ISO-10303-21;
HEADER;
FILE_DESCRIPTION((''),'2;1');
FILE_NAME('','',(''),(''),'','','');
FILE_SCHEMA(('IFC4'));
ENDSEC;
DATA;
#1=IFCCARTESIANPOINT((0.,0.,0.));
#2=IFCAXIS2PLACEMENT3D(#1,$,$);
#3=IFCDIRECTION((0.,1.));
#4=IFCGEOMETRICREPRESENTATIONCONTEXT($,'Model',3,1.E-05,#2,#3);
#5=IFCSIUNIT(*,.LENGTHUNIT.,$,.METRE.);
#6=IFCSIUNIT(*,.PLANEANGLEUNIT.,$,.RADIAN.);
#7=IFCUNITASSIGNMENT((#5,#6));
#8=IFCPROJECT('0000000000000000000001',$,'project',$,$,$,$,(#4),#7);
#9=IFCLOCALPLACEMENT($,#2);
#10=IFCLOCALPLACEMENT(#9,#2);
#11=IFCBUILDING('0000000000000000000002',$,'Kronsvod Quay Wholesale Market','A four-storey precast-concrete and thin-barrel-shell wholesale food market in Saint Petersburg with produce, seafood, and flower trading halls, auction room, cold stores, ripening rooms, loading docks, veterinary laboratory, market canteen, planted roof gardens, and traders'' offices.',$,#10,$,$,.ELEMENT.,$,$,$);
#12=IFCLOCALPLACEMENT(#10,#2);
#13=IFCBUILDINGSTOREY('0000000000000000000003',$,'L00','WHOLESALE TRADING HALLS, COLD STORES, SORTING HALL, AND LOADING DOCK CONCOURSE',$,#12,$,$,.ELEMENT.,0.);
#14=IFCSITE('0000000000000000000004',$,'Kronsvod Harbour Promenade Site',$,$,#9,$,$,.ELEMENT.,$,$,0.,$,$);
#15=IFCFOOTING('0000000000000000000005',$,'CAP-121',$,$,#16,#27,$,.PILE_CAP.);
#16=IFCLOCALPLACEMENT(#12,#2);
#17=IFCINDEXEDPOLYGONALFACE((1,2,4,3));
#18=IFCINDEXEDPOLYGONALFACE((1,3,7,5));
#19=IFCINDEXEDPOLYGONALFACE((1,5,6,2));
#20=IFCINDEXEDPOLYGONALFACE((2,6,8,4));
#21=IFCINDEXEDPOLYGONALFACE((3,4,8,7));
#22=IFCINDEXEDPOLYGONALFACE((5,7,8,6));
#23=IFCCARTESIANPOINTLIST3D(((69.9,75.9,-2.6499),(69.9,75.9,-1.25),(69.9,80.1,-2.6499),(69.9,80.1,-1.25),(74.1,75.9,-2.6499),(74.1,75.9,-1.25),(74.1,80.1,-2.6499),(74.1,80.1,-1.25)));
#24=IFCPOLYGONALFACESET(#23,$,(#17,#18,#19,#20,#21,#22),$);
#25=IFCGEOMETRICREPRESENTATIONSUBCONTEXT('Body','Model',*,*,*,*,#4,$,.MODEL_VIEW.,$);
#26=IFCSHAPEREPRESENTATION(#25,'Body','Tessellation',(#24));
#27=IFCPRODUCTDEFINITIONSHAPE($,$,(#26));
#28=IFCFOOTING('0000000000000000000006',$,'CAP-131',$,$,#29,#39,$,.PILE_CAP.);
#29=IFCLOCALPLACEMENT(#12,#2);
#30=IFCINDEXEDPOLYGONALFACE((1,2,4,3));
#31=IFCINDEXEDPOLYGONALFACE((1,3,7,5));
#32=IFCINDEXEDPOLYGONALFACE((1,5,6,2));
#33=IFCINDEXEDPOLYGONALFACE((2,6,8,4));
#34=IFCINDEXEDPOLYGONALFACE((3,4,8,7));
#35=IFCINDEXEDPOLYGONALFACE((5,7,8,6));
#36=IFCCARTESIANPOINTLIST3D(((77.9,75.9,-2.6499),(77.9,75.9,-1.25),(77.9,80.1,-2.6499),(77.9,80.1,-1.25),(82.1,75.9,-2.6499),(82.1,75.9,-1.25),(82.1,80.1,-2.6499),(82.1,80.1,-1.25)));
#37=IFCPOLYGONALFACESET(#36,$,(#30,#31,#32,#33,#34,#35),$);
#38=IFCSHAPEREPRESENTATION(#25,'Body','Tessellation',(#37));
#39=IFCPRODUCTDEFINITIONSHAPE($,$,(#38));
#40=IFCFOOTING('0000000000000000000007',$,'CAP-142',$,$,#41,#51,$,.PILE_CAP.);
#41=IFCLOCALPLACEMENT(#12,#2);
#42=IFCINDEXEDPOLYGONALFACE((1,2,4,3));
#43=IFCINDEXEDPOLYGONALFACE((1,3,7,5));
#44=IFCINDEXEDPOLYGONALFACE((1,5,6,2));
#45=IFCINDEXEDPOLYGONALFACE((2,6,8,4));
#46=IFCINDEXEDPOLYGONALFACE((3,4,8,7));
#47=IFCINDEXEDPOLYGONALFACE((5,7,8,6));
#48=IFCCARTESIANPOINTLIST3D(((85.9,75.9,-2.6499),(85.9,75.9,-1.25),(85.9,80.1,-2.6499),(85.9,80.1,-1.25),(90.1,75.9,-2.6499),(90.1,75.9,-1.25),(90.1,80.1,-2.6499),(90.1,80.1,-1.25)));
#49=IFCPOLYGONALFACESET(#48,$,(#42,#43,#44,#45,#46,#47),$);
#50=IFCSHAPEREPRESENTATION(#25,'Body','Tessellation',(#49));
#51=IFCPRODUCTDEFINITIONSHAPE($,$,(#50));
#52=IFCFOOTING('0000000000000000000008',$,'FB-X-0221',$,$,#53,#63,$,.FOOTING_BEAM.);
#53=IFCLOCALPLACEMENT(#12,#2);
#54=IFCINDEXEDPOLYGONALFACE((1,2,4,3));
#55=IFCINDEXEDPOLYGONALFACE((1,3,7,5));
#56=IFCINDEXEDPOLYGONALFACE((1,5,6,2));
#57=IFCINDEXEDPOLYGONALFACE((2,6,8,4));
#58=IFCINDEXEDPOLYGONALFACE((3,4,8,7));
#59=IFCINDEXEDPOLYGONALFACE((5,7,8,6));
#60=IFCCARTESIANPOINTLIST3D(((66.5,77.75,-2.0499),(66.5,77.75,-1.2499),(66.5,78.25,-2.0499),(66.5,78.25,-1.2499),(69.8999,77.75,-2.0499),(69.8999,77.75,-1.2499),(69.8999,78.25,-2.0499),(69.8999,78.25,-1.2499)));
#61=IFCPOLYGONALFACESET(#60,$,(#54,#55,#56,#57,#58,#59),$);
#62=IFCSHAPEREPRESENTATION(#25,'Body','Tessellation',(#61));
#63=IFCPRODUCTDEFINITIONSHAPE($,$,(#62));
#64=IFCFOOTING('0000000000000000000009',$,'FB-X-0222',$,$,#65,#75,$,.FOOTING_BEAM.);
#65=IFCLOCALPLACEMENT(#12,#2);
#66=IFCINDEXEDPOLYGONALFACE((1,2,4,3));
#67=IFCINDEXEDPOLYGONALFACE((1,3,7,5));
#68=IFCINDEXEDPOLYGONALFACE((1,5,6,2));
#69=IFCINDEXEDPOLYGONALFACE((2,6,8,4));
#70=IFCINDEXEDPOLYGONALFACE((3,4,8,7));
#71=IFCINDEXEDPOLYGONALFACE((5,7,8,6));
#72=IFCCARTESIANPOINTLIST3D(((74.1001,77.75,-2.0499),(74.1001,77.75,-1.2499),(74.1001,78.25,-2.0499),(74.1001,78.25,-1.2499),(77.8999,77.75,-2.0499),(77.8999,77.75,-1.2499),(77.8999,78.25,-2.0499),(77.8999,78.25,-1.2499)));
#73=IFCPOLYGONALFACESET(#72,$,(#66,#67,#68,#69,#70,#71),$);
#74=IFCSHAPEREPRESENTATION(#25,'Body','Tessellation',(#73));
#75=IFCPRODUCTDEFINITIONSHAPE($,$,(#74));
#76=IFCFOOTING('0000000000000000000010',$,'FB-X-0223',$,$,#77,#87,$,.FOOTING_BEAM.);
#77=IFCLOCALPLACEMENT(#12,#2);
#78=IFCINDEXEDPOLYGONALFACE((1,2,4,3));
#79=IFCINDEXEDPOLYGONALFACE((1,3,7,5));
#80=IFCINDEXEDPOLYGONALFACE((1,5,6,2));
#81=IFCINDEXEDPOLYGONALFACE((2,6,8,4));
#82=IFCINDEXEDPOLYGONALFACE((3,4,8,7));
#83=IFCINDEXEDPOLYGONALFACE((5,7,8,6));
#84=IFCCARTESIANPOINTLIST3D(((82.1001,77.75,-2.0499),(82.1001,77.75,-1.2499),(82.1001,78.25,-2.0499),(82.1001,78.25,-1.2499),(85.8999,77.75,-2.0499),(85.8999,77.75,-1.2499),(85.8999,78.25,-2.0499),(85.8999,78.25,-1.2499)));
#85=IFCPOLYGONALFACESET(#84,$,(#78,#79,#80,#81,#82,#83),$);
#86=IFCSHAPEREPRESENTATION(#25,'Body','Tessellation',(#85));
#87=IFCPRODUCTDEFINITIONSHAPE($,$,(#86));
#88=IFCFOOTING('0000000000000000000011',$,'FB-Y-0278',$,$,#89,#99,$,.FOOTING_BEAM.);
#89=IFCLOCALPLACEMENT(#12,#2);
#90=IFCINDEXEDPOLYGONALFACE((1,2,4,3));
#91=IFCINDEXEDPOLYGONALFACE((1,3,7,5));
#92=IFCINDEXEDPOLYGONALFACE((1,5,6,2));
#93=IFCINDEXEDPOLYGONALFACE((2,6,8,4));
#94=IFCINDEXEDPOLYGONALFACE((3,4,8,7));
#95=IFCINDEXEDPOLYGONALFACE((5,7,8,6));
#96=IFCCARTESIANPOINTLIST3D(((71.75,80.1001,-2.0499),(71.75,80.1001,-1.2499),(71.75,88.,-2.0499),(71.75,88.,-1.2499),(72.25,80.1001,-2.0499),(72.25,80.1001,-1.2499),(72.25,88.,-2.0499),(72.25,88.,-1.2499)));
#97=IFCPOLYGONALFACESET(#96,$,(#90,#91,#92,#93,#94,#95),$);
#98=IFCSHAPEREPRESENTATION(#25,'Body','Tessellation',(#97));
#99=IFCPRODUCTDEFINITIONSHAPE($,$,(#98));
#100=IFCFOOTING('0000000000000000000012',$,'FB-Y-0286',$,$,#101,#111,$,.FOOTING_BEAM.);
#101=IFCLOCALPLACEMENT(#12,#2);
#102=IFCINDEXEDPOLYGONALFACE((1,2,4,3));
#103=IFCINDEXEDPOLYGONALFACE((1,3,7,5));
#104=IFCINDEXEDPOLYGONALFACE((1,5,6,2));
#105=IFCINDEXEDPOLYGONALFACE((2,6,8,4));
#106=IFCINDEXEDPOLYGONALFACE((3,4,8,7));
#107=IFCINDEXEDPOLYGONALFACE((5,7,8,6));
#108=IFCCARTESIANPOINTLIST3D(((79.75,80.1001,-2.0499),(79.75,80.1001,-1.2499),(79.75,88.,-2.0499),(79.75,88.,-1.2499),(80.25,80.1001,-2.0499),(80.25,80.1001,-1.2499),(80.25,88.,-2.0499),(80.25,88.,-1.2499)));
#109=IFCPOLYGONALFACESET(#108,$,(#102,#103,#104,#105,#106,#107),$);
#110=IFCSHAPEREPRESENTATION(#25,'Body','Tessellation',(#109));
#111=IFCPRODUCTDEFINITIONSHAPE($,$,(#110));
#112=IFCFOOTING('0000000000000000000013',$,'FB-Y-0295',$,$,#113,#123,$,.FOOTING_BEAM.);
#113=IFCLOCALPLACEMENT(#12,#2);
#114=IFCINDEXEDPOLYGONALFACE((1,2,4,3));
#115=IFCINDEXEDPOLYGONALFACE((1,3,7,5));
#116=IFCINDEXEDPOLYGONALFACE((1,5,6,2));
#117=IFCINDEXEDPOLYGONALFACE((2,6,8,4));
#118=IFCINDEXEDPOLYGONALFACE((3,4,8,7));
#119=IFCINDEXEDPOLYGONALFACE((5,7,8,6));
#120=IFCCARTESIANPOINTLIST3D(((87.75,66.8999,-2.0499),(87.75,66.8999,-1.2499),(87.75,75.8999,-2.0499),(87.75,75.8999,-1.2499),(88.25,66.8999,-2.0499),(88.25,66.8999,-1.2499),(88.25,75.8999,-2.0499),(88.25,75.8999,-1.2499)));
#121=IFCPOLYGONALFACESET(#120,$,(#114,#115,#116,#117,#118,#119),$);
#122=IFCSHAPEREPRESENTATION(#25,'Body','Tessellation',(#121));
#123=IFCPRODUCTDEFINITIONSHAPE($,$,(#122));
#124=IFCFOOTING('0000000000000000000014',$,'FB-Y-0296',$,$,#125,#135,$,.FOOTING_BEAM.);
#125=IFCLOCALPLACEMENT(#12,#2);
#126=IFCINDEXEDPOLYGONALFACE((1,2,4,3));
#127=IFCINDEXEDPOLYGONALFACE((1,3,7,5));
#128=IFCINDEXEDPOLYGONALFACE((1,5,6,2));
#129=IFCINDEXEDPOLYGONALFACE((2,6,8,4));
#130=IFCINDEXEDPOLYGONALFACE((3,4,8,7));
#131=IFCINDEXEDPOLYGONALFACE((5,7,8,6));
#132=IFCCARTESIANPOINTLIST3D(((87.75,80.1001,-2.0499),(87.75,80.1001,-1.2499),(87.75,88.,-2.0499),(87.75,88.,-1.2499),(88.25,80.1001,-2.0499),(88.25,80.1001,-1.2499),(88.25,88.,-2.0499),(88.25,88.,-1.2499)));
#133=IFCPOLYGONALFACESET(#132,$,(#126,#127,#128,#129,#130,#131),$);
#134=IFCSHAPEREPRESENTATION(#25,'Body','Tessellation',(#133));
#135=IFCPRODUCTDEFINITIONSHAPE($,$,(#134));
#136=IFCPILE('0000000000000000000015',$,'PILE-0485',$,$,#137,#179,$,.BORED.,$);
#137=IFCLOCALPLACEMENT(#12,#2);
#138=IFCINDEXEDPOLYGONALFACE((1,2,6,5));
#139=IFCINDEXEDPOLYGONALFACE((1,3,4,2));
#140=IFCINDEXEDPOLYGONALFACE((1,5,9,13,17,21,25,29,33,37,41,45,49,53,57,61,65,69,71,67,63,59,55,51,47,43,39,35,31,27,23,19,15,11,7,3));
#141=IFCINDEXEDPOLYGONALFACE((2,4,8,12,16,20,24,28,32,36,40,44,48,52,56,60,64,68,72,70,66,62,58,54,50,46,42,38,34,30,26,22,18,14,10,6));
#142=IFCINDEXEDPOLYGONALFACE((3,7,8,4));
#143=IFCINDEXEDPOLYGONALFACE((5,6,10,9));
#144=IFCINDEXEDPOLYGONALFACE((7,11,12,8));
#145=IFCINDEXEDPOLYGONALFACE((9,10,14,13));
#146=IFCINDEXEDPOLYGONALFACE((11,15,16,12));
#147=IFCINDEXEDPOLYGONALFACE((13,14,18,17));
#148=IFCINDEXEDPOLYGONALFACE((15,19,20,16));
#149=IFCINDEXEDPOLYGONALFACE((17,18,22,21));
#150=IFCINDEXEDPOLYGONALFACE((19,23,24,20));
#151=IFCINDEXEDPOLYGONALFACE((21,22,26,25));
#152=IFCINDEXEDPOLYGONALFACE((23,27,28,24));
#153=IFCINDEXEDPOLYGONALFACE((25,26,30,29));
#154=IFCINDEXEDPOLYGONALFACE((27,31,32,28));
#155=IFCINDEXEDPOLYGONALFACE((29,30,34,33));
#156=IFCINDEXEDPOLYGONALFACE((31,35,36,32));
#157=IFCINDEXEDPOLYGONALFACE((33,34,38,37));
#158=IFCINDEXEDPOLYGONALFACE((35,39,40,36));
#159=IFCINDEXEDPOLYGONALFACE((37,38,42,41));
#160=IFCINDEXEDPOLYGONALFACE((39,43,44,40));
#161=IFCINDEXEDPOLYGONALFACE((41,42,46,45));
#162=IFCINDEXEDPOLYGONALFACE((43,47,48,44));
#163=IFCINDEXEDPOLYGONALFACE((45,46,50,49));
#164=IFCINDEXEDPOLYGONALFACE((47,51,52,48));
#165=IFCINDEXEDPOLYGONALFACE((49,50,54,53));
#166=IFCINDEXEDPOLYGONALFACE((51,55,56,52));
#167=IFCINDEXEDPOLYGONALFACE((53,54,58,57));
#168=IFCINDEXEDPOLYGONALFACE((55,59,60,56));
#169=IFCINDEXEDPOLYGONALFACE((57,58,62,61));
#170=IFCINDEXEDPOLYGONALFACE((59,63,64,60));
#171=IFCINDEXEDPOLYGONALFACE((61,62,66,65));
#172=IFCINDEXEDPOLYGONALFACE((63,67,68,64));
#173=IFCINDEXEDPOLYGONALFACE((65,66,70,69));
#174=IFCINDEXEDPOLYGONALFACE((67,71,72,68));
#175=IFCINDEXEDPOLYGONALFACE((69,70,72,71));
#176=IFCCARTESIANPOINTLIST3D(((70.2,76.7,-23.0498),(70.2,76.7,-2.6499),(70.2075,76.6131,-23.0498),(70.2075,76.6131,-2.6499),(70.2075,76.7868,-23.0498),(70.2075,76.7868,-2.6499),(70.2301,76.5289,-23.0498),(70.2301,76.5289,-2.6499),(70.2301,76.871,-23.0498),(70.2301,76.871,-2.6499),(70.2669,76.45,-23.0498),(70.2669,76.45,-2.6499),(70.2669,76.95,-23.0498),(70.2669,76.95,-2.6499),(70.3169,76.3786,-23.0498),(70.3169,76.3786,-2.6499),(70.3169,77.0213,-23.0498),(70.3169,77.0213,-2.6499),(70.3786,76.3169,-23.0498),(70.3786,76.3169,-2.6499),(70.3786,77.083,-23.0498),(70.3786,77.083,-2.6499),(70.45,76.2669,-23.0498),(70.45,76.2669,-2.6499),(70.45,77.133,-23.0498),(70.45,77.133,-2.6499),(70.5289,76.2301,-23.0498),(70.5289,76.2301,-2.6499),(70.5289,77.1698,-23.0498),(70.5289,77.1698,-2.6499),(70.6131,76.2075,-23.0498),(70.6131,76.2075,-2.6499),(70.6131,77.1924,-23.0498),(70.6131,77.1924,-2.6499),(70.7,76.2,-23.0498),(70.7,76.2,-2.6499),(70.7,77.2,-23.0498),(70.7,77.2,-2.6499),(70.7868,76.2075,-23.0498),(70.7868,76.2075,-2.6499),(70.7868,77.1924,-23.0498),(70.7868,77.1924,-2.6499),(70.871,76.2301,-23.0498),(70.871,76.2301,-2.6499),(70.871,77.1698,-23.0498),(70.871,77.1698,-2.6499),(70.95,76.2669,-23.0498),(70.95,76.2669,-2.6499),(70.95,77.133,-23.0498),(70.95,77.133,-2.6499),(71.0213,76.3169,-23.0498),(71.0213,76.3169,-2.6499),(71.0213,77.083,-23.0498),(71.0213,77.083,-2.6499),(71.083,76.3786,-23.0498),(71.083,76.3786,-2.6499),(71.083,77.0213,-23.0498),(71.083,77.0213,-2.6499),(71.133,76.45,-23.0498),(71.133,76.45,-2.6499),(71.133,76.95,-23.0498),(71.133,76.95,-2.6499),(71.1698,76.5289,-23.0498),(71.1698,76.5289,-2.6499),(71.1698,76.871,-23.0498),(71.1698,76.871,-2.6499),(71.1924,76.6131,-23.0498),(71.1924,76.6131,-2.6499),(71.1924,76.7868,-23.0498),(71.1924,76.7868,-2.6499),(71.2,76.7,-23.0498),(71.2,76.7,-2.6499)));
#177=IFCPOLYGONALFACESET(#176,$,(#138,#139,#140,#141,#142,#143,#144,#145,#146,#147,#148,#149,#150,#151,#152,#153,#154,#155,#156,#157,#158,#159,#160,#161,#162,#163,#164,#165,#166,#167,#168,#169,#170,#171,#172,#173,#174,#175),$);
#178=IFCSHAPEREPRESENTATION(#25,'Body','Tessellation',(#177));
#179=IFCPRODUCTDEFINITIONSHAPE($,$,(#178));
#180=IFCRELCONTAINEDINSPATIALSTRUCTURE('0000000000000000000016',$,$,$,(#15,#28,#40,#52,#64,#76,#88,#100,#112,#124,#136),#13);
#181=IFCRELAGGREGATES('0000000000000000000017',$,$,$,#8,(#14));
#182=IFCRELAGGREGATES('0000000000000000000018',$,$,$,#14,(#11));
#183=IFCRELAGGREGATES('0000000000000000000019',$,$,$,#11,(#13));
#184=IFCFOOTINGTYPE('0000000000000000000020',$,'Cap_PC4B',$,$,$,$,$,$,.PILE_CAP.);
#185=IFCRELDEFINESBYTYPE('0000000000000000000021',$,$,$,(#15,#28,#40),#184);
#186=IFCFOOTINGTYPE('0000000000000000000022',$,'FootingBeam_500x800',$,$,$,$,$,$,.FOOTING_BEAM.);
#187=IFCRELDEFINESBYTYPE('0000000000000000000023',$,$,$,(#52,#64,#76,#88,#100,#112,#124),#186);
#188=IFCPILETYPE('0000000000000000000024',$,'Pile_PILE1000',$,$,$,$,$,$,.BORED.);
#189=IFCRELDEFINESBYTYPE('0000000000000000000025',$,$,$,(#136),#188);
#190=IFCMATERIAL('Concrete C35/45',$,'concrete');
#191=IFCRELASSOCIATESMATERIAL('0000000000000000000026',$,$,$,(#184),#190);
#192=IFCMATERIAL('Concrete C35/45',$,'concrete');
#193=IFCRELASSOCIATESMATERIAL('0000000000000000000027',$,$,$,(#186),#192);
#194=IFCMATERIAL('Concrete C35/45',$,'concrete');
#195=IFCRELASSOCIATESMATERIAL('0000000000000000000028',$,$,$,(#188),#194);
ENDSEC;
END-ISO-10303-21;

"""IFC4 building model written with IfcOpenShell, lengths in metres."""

from ifc_helpers import new_model, si_unit, direction, frame, origin, origin_2d, place, context, subcontext, project, spatial, rectangle, circle, extrude, material, material_profile, profile_set, type_object, element, save


model = new_model("IFC4")

# Units and contexts
model_context = context("Model", 3, precision=1e-05, world=origin(), true_north=direction((0.0, 1.0)))
body_context = subcontext(model_context, "Body", "Model", "MODEL_VIEW")
ifc_project = project(units=[si_unit("LENGTHUNIT", "METRE"), si_unit("PLANEANGLEUNIT", "RADIAN")], contexts=[model_context])

# Site, building, storey
site_placement = place(None, origin())
site = spatial("IfcSite", under=ifc_project, at=site_placement, Name="Kronsvod Harbour Promenade Site", CompositionType="ELEMENT", RefElevation=0.0)
building_placement = place(site_placement, origin())
building = spatial("IfcBuilding", under=site, at=building_placement, Name="Kronsvod Quay Wholesale Market", Description="A four-storey precast-concrete and thin-barrel-shell wholesale food market in Saint Petersburg with produce, seafood, and flower trading halls, auction room, cold stores, ripening rooms, loading docks, veterinary laboratory, market canteen, planted roof gardens, and traders' offices.", CompositionType="ELEMENT")
storey_placement = place(building_placement, origin())
storey = spatial("IfcBuildingStorey", under=building, at=storey_placement, Name="L00", Description="WHOLESALE TRADING HALLS, COLD STORES, SORTING HALL, AND LOADING DOCK CONCOURSE", CompositionType="ELEMENT", Elevation=0.0)

# Footings
ifc_material_1 = material(Name="Concrete C35/45", Category="concrete")
footing_type_1 = type_object("IfcFootingType", Name="Cap_PC4B", PredefinedType="PILE_CAP", material=ifc_material_1)
for number, where, z_axis, x_axis, name in (
    (1, (72.0, 78.0, -2.6499), (0.0, 0.0, 1.0), (1.0, 0.0, 0.0), "CAP-121"),
    (2, (80.0, 78.0, -2.6499), (0.0, 0.0, 1.0), (1.0, 0.0, 0.0), "CAP-131"),
    (3, (88.0, 78.0, -2.6499), (0.0, 0.0, 1.0), (1.0, 0.0, 0.0), "CAP-142"),
):
    element("IfcFooting", number, at=place(storey_placement, frame(where, z_axis=z_axis, x_axis=x_axis)), inside=storey, type_object=footing_type_1, Name=name, PredefinedType="PILE_CAP", context=body_context, shape_type="SweptSolid", body=[
        extrude(rectangle(XDim=4.2, YDim=4.2, at=origin_2d()), origin(), (0.0, 0.0, 1.0), 1.3999),
    ])
ifc_material_2 = material(Name="Concrete C35/45", Category="concrete")
ifc_material_profile_1 = material_profile(ifc_material_2, rectangle(XDim=0.5, YDim=0.8, at=origin_2d()), Name="FB-01")
ifc_profile_set_1 = profile_set([ifc_material_profile_1], Name="Concrete C35/45")
footing_type_2 = type_object("IfcFootingType", Name="FootingBeam_500x800", PredefinedType="FOOTING_BEAM", material=ifc_profile_set_1)
footing_1_placement = place(storey_placement, frame((66.5, 78.0, -1.6499), z_axis=(1.0, 0.0, 0.0), x_axis=(0.0, 1.0, 0.0)))
element("IfcFooting", 4, at=footing_1_placement, inside=storey, type_object=footing_type_2, Name="FB-X-0221", PredefinedType="FOOTING_BEAM", context=body_context, shape_type="SweptSolid", body=[
    extrude(rectangle(XDim=0.5, YDim=0.8, at=origin_2d()), origin(), (0.0, 0.0, 1.0), 3.3999),
])
for number, where, z_axis, x_axis, name in (
    (5, (74.1001, 78.0, -1.6499), (1.0, 0.0, 0.0), (0.0, 1.0, 0.0), "FB-X-0222"),
    (6, (82.1001, 78.0, -1.6499), (1.0, 0.0, 0.0), (0.0, 1.0, 0.0), "FB-X-0223"),
):
    element("IfcFooting", number, at=place(storey_placement, frame(where, z_axis=z_axis, x_axis=x_axis)), inside=storey, type_object=footing_type_2, Name=name, PredefinedType="FOOTING_BEAM", context=body_context, shape_type="SweptSolid", body=[
        extrude(rectangle(XDim=0.5, YDim=0.8, at=origin_2d()), origin(), (0.0, 0.0, 1.0), 3.7998),
    ])
for number, where, z_axis, x_axis, name in (
    (7, (72.0, 80.1001, -1.6499), (0.0, 1.0, 0.0), (-1.0, 0.0, 0.0), "FB-Y-0278"),
    (8, (80.0, 80.1001, -1.6499), (0.0, 1.0, 0.0), (-1.0, 0.0, 0.0), "FB-Y-0286"),
):
    element("IfcFooting", number, at=place(storey_placement, frame(where, z_axis=z_axis, x_axis=x_axis)), inside=storey, type_object=footing_type_2, Name=name, PredefinedType="FOOTING_BEAM", context=body_context, shape_type="SweptSolid", body=[
        extrude(rectangle(XDim=0.5, YDim=0.8, at=origin_2d()), origin(), (0.0, 0.0, 1.0), 7.8999),
    ])
footing_2_placement = place(storey_placement, frame((88.0, 66.8999, -1.6499), z_axis=(0.0, 1.0, 0.0), x_axis=(-1.0, 0.0, 0.0)))
element("IfcFooting", 9, at=footing_2_placement, inside=storey, type_object=footing_type_2, Name="FB-Y-0295", PredefinedType="FOOTING_BEAM", context=body_context, shape_type="SweptSolid", body=[
    extrude(rectangle(XDim=0.5, YDim=0.8, at=origin_2d()), origin(), (0.0, 0.0, 1.0), 9.0),
])
footing_3_placement = place(storey_placement, frame((88.0, 80.1001, -1.6499), z_axis=(0.0, 1.0, 0.0), x_axis=(-1.0, 0.0, 0.0)))
element("IfcFooting", 10, at=footing_3_placement, inside=storey, type_object=footing_type_2, Name="FB-Y-0296", PredefinedType="FOOTING_BEAM", context=body_context, shape_type="SweptSolid", body=[
    extrude(rectangle(XDim=0.5, YDim=0.8, at=origin_2d()), origin(), (0.0, 0.0, 1.0), 7.8999),
])

# Pile
ifc_material_3 = material(Name="Concrete C35/45", Category="concrete")
ifc_material_profile_2 = material_profile(ifc_material_3, circle(Radius=0.5, at=origin_2d()), Name="PILE1000")
ifc_profile_set_2 = profile_set([ifc_material_profile_2], Name="Concrete C35/45")
pile_type_1 = type_object("IfcPileType", Name="Pile_PILE1000", PredefinedType="BORED", material=ifc_profile_set_2)
for number, where, z_axis, x_axis, name in (
    (11, (70.7, 76.7, -2.6499), (0.0, 0.0, -1.0), (1.0, 0.0, 0.0), "PILE-0485"),
):
    element("IfcPile", number, at=place(storey_placement, frame(where, z_axis=z_axis, x_axis=x_axis)), inside=storey, type_object=pile_type_1, Name=name, PredefinedType="BORED", context=body_context, shape_type="SweptSolid", body=[
        extrude(circle(Radius=0.5, at=origin_2d()), origin(), (0.0, 0.0, 1.0), 20.3999),
    ])

save(model, "model.ifc")
